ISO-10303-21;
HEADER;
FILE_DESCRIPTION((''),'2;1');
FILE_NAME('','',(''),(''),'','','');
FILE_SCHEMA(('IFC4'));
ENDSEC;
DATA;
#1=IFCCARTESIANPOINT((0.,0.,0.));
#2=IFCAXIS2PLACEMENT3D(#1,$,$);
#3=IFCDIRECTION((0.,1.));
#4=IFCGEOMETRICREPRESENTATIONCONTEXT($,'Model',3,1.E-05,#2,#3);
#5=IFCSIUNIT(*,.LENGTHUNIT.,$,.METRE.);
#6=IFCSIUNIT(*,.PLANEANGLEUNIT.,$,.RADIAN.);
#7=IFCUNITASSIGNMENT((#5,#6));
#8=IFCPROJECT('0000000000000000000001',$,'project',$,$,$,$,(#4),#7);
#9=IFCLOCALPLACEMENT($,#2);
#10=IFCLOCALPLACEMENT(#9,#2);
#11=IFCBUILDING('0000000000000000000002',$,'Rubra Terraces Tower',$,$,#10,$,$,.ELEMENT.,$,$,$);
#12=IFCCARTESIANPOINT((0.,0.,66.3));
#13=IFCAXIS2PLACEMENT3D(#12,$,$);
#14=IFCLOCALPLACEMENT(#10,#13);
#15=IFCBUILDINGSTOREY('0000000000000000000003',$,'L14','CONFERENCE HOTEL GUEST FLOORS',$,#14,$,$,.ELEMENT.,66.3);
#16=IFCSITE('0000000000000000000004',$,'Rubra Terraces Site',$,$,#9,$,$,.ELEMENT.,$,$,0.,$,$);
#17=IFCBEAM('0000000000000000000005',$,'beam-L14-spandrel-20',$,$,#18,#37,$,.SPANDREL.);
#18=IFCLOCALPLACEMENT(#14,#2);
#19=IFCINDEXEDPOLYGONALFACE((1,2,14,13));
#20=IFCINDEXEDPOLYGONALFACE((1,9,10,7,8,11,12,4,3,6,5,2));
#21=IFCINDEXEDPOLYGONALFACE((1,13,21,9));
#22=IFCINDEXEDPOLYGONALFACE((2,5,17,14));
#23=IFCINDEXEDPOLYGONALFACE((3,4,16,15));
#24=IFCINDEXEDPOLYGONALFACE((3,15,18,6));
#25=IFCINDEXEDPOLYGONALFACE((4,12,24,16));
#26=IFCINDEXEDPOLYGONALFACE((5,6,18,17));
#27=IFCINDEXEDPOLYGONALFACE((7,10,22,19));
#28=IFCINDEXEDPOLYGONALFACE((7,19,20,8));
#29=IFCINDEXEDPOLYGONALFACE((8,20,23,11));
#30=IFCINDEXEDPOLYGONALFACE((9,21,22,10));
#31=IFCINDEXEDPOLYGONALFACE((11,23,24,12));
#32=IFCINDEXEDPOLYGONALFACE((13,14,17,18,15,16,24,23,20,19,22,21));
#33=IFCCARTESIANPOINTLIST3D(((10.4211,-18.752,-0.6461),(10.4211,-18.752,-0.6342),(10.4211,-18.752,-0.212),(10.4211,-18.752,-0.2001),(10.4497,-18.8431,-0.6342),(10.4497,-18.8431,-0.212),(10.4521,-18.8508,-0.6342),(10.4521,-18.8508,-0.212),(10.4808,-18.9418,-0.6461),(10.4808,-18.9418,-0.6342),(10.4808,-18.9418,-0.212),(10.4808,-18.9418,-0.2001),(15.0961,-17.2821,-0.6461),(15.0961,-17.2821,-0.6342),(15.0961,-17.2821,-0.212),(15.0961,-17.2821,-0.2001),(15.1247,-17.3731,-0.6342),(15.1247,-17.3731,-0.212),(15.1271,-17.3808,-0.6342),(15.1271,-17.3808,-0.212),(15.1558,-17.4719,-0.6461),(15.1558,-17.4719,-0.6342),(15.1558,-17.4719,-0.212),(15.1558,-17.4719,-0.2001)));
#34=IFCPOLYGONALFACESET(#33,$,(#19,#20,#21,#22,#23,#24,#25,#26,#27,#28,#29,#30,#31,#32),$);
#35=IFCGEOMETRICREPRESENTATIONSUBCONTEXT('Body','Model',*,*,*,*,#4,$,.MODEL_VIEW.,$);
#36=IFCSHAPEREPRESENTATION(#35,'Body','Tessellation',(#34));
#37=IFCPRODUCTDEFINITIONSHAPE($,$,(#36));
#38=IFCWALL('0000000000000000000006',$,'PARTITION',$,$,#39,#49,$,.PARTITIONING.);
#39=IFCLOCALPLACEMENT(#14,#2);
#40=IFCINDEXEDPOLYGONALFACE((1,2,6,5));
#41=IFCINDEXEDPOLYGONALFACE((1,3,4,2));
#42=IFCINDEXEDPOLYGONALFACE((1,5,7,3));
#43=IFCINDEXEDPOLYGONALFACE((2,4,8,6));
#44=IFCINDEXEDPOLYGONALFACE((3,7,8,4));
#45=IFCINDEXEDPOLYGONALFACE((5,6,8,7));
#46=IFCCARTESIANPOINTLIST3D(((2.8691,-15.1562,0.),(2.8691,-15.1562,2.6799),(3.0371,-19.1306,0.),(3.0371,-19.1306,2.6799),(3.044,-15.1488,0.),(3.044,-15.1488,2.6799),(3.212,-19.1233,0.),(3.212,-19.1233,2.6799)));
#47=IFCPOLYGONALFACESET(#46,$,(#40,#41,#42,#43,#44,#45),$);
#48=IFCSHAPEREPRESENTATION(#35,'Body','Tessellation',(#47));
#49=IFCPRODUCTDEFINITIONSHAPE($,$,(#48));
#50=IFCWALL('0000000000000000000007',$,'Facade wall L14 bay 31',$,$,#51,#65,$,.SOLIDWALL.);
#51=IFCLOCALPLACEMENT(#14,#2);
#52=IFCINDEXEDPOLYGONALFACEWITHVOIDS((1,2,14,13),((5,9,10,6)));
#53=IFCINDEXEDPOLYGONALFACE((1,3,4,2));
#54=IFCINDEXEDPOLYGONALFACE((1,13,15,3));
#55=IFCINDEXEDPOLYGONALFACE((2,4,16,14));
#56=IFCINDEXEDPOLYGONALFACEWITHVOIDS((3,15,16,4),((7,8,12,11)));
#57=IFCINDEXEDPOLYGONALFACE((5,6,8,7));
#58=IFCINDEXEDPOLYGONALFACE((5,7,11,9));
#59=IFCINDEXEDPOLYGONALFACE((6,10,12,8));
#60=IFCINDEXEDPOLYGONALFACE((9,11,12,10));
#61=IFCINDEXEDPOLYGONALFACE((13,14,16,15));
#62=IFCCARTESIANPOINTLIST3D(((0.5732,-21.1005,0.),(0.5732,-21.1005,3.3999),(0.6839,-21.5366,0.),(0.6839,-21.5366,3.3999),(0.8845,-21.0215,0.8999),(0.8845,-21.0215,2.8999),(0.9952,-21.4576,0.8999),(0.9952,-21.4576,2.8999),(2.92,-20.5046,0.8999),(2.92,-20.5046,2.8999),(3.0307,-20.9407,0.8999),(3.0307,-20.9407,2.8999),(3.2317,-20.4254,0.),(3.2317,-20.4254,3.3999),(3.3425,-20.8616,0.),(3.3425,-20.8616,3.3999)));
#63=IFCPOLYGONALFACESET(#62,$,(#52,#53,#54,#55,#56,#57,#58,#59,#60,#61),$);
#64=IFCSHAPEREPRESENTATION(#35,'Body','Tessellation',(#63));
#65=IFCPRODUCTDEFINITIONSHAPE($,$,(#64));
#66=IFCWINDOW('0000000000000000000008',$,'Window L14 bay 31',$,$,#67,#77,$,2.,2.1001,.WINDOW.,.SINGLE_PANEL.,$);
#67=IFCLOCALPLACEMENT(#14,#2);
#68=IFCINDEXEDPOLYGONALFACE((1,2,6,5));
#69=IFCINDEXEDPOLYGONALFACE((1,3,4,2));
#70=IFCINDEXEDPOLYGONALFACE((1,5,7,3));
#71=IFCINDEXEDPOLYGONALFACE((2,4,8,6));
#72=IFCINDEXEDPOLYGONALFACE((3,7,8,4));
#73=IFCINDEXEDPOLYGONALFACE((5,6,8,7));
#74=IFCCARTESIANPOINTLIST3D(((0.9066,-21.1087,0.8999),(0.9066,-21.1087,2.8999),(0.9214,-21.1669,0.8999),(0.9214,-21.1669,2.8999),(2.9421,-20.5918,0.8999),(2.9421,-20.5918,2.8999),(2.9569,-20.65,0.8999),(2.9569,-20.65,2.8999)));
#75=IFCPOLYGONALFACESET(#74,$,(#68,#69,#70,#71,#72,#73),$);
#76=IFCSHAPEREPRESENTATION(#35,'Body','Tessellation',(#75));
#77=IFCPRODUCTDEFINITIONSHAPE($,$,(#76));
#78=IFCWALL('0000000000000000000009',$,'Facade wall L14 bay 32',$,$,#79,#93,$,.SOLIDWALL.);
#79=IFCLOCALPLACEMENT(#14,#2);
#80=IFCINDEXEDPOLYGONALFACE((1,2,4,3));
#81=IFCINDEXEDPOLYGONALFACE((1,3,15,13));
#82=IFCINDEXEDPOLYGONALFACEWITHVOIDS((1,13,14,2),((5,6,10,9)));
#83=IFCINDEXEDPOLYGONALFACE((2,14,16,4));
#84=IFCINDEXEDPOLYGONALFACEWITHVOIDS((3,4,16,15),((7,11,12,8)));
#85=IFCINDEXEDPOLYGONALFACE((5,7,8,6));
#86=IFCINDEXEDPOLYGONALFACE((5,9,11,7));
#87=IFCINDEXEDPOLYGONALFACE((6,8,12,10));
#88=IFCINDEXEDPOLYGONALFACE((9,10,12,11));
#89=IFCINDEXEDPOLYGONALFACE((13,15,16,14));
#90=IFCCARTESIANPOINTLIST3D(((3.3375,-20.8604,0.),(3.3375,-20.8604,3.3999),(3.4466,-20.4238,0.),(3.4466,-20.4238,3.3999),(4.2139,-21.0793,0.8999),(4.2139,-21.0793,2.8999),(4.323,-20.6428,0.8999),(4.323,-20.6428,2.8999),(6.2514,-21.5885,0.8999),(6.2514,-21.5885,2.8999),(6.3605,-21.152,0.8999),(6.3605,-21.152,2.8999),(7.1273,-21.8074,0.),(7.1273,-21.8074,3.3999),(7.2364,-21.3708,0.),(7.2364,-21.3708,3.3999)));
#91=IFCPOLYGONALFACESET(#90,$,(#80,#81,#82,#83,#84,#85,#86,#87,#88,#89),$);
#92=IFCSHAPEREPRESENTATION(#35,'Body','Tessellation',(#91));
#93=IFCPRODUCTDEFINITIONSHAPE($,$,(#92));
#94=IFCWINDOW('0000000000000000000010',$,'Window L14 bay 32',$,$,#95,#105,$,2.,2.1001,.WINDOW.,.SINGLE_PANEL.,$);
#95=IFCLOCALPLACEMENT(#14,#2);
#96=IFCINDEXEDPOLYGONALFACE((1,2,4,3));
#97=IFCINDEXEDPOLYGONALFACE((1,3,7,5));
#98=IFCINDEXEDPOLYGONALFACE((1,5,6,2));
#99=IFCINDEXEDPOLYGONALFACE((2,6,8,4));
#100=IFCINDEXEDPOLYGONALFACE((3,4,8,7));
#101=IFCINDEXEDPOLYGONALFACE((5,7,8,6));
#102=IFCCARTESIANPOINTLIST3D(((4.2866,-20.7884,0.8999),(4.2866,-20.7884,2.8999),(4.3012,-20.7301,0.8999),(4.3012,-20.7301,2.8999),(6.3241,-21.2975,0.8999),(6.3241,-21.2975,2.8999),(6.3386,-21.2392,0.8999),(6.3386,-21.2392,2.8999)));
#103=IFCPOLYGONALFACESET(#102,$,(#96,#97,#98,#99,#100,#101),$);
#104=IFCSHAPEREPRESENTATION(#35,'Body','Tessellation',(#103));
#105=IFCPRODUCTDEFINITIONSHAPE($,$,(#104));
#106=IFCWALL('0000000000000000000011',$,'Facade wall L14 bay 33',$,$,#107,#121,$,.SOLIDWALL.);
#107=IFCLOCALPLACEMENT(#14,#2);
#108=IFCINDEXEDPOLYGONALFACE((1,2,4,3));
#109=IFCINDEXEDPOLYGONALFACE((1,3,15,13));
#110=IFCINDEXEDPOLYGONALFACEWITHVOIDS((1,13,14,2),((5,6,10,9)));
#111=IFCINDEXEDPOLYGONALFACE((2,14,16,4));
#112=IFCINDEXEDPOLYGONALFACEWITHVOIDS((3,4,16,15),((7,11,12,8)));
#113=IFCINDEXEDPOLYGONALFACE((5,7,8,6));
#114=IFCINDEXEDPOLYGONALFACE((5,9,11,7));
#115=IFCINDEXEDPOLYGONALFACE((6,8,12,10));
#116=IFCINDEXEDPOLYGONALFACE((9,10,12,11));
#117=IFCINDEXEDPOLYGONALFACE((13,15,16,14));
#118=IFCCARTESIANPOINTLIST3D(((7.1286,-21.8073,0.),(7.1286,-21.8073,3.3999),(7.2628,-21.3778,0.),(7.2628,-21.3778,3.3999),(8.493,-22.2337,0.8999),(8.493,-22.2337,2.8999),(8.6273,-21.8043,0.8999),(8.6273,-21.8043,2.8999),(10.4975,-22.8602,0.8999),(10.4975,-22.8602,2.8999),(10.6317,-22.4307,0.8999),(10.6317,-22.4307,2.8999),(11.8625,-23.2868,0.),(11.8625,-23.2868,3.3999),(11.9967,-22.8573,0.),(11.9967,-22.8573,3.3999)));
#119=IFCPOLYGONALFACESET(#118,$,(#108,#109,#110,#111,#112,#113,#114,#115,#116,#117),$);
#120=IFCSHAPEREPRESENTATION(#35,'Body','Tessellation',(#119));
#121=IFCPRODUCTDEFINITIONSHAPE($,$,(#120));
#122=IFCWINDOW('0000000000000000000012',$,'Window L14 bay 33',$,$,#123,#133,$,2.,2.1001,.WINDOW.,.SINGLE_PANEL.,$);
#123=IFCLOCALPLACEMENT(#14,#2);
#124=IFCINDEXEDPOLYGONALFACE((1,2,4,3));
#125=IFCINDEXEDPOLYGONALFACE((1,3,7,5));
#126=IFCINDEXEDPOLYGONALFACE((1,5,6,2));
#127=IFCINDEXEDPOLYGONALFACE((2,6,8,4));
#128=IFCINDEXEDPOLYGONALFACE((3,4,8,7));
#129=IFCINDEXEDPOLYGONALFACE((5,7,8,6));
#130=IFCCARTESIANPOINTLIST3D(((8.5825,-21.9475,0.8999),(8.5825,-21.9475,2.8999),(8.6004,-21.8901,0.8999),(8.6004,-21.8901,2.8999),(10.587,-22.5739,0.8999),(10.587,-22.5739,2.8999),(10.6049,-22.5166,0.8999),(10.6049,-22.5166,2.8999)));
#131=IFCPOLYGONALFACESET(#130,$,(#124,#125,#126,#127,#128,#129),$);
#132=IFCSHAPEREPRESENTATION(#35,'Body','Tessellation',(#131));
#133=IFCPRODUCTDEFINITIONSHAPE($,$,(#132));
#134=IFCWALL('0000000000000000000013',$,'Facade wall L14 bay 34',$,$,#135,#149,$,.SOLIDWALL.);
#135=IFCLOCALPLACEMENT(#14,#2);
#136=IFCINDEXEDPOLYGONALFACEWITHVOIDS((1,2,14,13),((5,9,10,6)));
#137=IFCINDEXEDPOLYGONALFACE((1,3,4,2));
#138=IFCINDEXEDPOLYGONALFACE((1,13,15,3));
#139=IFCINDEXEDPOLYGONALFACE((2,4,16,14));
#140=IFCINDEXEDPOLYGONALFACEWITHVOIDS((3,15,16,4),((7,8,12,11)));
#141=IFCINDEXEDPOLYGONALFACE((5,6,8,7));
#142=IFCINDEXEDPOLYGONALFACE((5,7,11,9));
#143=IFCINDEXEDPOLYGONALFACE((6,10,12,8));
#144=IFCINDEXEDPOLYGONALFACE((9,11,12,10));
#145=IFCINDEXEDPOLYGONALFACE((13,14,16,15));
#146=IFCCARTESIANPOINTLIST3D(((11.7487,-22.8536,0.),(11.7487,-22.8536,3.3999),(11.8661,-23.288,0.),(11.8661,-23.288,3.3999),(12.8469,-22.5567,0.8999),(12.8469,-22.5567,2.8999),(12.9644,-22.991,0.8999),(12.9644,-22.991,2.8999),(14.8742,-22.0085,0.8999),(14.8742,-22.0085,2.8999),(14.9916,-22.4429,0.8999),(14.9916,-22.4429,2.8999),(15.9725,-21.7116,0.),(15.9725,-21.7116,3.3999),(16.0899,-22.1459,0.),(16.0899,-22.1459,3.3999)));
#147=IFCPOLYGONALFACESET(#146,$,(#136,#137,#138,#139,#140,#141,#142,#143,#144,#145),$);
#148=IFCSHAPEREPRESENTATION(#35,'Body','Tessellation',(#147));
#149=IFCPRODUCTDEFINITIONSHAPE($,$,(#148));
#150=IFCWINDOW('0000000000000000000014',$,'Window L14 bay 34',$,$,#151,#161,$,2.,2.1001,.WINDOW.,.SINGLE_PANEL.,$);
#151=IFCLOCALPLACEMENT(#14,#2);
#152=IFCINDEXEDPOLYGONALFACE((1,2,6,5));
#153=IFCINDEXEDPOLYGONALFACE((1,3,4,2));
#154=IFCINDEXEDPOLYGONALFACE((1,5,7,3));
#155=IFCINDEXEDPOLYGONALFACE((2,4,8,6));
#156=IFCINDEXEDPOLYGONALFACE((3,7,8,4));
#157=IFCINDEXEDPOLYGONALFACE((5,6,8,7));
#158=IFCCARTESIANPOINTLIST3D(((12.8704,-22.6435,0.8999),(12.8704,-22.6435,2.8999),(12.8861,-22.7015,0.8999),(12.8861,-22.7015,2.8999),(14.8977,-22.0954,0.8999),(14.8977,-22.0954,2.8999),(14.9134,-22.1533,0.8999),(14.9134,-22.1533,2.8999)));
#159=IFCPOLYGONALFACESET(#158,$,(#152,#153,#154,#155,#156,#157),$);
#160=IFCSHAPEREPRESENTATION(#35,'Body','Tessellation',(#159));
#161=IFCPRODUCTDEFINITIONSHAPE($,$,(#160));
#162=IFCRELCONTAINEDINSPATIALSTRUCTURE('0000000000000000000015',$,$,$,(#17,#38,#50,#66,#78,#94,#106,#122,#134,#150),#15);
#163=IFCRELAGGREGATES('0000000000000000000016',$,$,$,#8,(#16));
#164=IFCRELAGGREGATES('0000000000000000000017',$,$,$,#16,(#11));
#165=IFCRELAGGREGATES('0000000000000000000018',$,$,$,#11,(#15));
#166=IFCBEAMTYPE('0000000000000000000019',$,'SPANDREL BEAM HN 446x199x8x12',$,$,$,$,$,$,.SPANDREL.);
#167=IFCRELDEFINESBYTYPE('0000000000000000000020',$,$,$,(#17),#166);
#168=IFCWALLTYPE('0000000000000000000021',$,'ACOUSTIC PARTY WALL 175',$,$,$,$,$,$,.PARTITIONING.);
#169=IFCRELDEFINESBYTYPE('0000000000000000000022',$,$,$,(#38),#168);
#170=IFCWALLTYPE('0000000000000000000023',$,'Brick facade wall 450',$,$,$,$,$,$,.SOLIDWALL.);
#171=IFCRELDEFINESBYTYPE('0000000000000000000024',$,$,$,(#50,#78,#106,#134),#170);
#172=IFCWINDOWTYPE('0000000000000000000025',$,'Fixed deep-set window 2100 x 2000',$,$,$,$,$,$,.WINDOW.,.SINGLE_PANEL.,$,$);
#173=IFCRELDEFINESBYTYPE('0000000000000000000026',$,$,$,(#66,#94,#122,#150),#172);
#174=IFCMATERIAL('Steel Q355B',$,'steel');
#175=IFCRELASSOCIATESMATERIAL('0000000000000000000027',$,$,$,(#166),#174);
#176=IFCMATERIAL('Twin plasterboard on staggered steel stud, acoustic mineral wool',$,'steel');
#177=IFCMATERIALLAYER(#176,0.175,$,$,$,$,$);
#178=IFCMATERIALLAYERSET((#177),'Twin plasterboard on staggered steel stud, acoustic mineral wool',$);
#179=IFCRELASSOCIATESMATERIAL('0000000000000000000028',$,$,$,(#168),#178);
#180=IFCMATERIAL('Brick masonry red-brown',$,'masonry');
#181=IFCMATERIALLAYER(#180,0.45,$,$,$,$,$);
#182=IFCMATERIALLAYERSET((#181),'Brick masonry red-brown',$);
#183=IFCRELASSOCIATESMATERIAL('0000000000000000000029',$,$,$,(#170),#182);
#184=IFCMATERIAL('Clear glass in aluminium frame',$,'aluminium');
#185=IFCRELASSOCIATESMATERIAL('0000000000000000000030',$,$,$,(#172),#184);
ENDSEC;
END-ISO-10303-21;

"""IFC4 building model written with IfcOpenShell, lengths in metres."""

from ifc_helpers import new_model, si_unit, direction, frame, frame_2d, origin, origin_2d, place, context, subcontext, project, spatial, rectangle, i_section, extrude, material, layer, layer_set, material_profile, profile_set, type_object, element, fill, save


model = new_model("IFC4")

# Units and contexts
model_context = context("Model", 3, precision=1e-05, world=origin(), true_north=direction((0.0, 1.0)))
body_context = subcontext(model_context, "Body", "Model", "MODEL_VIEW")
ifc_project = project(units=[si_unit("LENGTHUNIT", "METRE"), si_unit("PLANEANGLEUNIT", "RADIAN")], contexts=[model_context])

# Site, building, storey
site_placement = place(None, origin())
site = spatial("IfcSite", under=ifc_project, at=site_placement, Name="Rubra Terraces Site", CompositionType="ELEMENT", RefElevation=0.0)
building_placement = place(site_placement, origin())
building = spatial("IfcBuilding", under=site, at=building_placement, Name="Rubra Terraces Tower", CompositionType="ELEMENT")
storey_placement = place(building_placement, frame((0.0, 0.0, 66.3)))
storey = spatial("IfcBuildingStorey", under=building, at=storey_placement, Name="L14", Description="CONFERENCE HOTEL GUEST FLOORS", CompositionType="ELEMENT", Elevation=66.3)

# Beam
ifc_material_1 = material(Name="Steel Q355B", Category="steel")
ifc_material_profile_1 = material_profile(ifc_material_1, i_section(OverallWidth=0.199, OverallDepth=0.446, WebThickness=0.0081, FlangeThickness=0.012, at=origin_2d()), Name="HN 446x199x8x12")
ifc_profile_set_1 = profile_set([ifc_material_profile_1], Name="Steel Q355B")
beam_type_1 = type_object("IfcBeamType", Name="SPANDREL BEAM HN 446x199x8x12", PredefinedType="SPANDREL", material=ifc_profile_set_1)
beam_1_placement = place(storey_placement, frame((10.4509, -18.8469, -0.4231), z_axis=(0.953955, 0.299951, 0.0), x_axis=(-0.299951, 0.953955, 0.0)))
element("IfcBeam", 1, at=beam_1_placement, inside=storey, type_object=beam_type_1, Name="beam-L14-spandrel-20", PredefinedType="SPANDREL", context=body_context, shape_type="SweptSolid", body=[
    extrude(i_section(OverallWidth=0.199, OverallDepth=0.446, WebThickness=0.0081, FlangeThickness=0.012, at=origin_2d()), origin(), (0.0, 0.0, 1.0), 4.9006),
])

# Wall
ifc_material_2 = material(Name="Twin plasterboard on staggered steel stud, acoustic mineral wool", Category="steel")
ifc_layer_1 = layer(ifc_material_2, 0.175)
ifc_layer_set_1 = layer_set([ifc_layer_1], Name="Twin plasterboard on staggered steel stud, acoustic mineral wool")
wall_type_1 = type_object("IfcWallType", Name="ACOUSTIC PARTY WALL 175", PredefinedType="PARTITIONING", material=ifc_layer_set_1)
wall_1_placement = place(storey_placement, frame((3.1245, -19.127, 0.0), z_axis=(0.0, 0.0, 1.0), x_axis=(-0.042225, 0.999108, 0.0)))
element("IfcWall", 2, at=wall_1_placement, inside=storey, type_object=wall_type_1, Name="PARTITION", PredefinedType="PARTITIONING", context=body_context, shape_type="SweptSolid", body=[
    extrude(rectangle(XDim=3.978, YDim=0.175, at=frame_2d((1.989, 0.0))), origin(), (0.0, 0.0, 1.0), 2.6799),
])

# Walls, openings, windows
ifc_material_3 = material(Name="Brick masonry red-brown", Category="masonry")
ifc_layer_2 = layer(ifc_material_3, 0.45)
ifc_layer_set_2 = layer_set([ifc_layer_2], Name="Brick masonry red-brown")
wall_type_2 = type_object("IfcWallType", Name="Brick facade wall 450", PredefinedType="SOLIDWALL", material=ifc_layer_set_2)
wall_2_placement = place(storey_placement, frame((0.6284, -21.3186, 0.0), z_axis=(0.0, 0.0, 1.0), x_axis=(0.969241, 0.246115, 0.0)))
wall_2 = element("IfcWall", 3, at=wall_2_placement, inside=storey, type_object=wall_type_2, Name="Facade wall L14 bay 31", PredefinedType="SOLIDWALL", context=body_context, shape_type="SweptSolid", body=[
    extrude(rectangle(XDim=2.7429, YDim=0.45, at=frame_2d((1.3716, 0.0))), origin(), (0.0, 0.0, 1.0), 3.3999),
])
opening_1_placement = place(wall_2_placement, frame((0.3213, 0.0, 0.8999)))
opening_1 = element("IfcOpeningElement", 4, at=opening_1_placement, cuts=wall_2, PredefinedType="OPENING", context=body_context, shape_type="SweptSolid", body=[
    extrude(rectangle(XDim=2.1001, YDim=2.0, at=frame_2d((1.05, 1.0))), frame((0.0, 0.2349, 0.0), z_axis=(0.0, -1.0, 0.0), x_axis=(1.0, 0.0, 0.0)), (0.0, 0.0, 1.0), 0.47),
])
ifc_material_4 = material(Name="Clear glass in aluminium frame", Category="aluminium")
window_type = type_object("IfcWindowType", Name="Fixed deep-set window 2100 x 2000", PartitioningType="SINGLE_PANEL", PredefinedType="WINDOW", material=ifc_material_4)
window_1_placement = place(opening_1_placement, origin())
window_1 = element("IfcWindow", 5, at=window_1_placement, inside=storey, type_object=window_type, Name="Window L14 bay 31", OverallHeight=2.0, OverallWidth=2.1001, PartitioningType="SINGLE_PANEL", PredefinedType="WINDOW", context=body_context, shape_type="SweptSolid", body=[
    extrude(rectangle(XDim=2.1001, YDim=2.0, at=frame_2d((1.05, 1.0))), frame((0.0, 0.135, 0.0), z_axis=(0.0, -1.0, 0.0), x_axis=(1.0, 0.0, 0.0)), (0.0, 0.0, 1.0), 0.0601),
])
fill(opening_1, window_1)
wall_3_placement = place(storey_placement, frame((3.3921, -20.6421, 0.0), z_axis=(0.0, 0.0, 1.0), x_axis=(0.970168, -0.242433, 0.0)))
wall_3 = element("IfcWall", 6, at=wall_3_placement, inside=storey, type_object=wall_type_2, Name="Facade wall L14 bay 32", PredefinedType="SOLIDWALL", context=body_context, shape_type="SweptSolid", body=[
    extrude(rectangle(XDim=3.9062, YDim=0.45, at=frame_2d((1.9531, 0.0))), origin(), (0.0, 0.0, 1.0), 3.3999),
])
opening_2_placement = place(wall_3_placement, frame((0.9033, 0.0, 0.8999)))
opening_2 = element("IfcOpeningElement", 7, at=opening_2_placement, cuts=wall_3, PredefinedType="OPENING", context=body_context, shape_type="SweptSolid", body=[
    extrude(rectangle(XDim=2.1001, YDim=2.0, at=frame_2d((1.05, 1.0))), frame((0.0, 0.2349, 0.0), z_axis=(0.0, -1.0, 0.0), x_axis=(1.0, 0.0, 0.0)), (0.0, 0.0, 1.0), 0.47),
])
window_2_placement = place(opening_2_placement, origin())
window_2 = element("IfcWindow", 8, at=window_2_placement, inside=storey, type_object=window_type, Name="Window L14 bay 32", OverallHeight=2.0, OverallWidth=2.1001, PartitioningType="SINGLE_PANEL", PredefinedType="WINDOW", context=body_context, shape_type="SweptSolid", body=[
    extrude(rectangle(XDim=2.1001, YDim=2.0, at=frame_2d((1.05, 1.0))), frame((0.0, 0.135, 0.0), z_axis=(0.0, -1.0, 0.0), x_axis=(1.0, 0.0, 0.0)), (0.0, 0.0, 1.0), 0.0601),
])
fill(opening_2, window_2)
wall_4_placement = place(storey_placement, frame((7.1956, -21.5925, 0.0), z_axis=(0.0, 0.0, 1.0), x_axis=(0.954471, -0.298303, 0.0)))
wall_4 = element("IfcWall", 9, at=wall_4_placement, inside=storey, type_object=wall_type_2, Name="Facade wall L14 bay 33", PredefinedType="SOLIDWALL", context=body_context, shape_type="SweptSolid", body=[
    extrude(rectangle(XDim=4.9597, YDim=0.45, at=frame_2d((2.48, 0.0))), origin(), (0.0, 0.0, 1.0), 3.3999),
])
opening_3_placement = place(wall_4_placement, frame((1.4297, 0.0, 0.8999)))
opening_3 = element("IfcOpeningElement", 10, at=opening_3_placement, cuts=wall_4, PredefinedType="OPENING", context=body_context, shape_type="SweptSolid", body=[
    extrude(rectangle(XDim=2.1001, YDim=2.0, at=frame_2d((1.05, 1.0))), frame((0.0, 0.2349, 0.0), z_axis=(0.0, -1.0, 0.0), x_axis=(1.0, 0.0, 0.0)), (0.0, 0.0, 1.0), 0.47),
])
window_3_placement = place(opening_3_placement, origin())
window_3 = element("IfcWindow", 11, at=window_3_placement, inside=storey, type_object=window_type, Name="Window L14 bay 33", OverallHeight=2.0, OverallWidth=2.1001, PartitioningType="SINGLE_PANEL", PredefinedType="WINDOW", context=body_context, shape_type="SweptSolid", body=[
    extrude(rectangle(XDim=2.1001, YDim=2.0, at=frame_2d((1.05, 1.0))), frame((0.0, 0.135, 0.0), z_axis=(0.0, -1.0, 0.0), x_axis=(1.0, 0.0, 0.0)), (0.0, 0.0, 1.0), 0.0601),
])
fill(opening_3, window_3)
wall_5_placement = place(storey_placement, frame((11.8074, -23.0708, 0.0), z_axis=(0.0, 0.0, 1.0), x_axis=(0.965335, 0.261016, 0.0)))
wall_5 = element("IfcWall", 12, at=wall_5_placement, inside=storey, type_object=wall_type_2, Name="Facade wall L14 bay 34", PredefinedType="SOLIDWALL", context=body_context, shape_type="SweptSolid", body=[
    extrude(rectangle(XDim=4.3755, YDim=0.45, at=frame_2d((2.1877, 0.0))), origin(), (0.0, 0.0, 1.0), 3.3999),
])
opening_4_placement = place(wall_5_placement, frame((1.1377, 0.0, 0.8999)))
opening_4 = element("IfcOpeningElement", 13, at=opening_4_placement, cuts=wall_5, PredefinedType="OPENING", context=body_context, shape_type="SweptSolid", body=[
    extrude(rectangle(XDim=2.1001, YDim=2.0, at=frame_2d((1.05, 1.0))), frame((0.0, 0.2349, 0.0), z_axis=(0.0, -1.0, 0.0), x_axis=(1.0, 0.0, 0.0)), (0.0, 0.0, 1.0), 0.47),
])
window_4_placement = place(opening_4_placement, origin())
window_4 = element("IfcWindow", 14, at=window_4_placement, inside=storey, type_object=window_type, Name="Window L14 bay 34", OverallHeight=2.0, OverallWidth=2.1001, PartitioningType="SINGLE_PANEL", PredefinedType="WINDOW", context=body_context, shape_type="SweptSolid", body=[
    extrude(rectangle(XDim=2.1001, YDim=2.0, at=frame_2d((1.05, 1.0))), frame((0.0, 0.135, 0.0), z_axis=(0.0, -1.0, 0.0), x_axis=(1.0, 0.0, 0.0)), (0.0, 0.0, 1.0), 0.0601),
])
fill(opening_4, window_4)

save(model, "model.ifc")
